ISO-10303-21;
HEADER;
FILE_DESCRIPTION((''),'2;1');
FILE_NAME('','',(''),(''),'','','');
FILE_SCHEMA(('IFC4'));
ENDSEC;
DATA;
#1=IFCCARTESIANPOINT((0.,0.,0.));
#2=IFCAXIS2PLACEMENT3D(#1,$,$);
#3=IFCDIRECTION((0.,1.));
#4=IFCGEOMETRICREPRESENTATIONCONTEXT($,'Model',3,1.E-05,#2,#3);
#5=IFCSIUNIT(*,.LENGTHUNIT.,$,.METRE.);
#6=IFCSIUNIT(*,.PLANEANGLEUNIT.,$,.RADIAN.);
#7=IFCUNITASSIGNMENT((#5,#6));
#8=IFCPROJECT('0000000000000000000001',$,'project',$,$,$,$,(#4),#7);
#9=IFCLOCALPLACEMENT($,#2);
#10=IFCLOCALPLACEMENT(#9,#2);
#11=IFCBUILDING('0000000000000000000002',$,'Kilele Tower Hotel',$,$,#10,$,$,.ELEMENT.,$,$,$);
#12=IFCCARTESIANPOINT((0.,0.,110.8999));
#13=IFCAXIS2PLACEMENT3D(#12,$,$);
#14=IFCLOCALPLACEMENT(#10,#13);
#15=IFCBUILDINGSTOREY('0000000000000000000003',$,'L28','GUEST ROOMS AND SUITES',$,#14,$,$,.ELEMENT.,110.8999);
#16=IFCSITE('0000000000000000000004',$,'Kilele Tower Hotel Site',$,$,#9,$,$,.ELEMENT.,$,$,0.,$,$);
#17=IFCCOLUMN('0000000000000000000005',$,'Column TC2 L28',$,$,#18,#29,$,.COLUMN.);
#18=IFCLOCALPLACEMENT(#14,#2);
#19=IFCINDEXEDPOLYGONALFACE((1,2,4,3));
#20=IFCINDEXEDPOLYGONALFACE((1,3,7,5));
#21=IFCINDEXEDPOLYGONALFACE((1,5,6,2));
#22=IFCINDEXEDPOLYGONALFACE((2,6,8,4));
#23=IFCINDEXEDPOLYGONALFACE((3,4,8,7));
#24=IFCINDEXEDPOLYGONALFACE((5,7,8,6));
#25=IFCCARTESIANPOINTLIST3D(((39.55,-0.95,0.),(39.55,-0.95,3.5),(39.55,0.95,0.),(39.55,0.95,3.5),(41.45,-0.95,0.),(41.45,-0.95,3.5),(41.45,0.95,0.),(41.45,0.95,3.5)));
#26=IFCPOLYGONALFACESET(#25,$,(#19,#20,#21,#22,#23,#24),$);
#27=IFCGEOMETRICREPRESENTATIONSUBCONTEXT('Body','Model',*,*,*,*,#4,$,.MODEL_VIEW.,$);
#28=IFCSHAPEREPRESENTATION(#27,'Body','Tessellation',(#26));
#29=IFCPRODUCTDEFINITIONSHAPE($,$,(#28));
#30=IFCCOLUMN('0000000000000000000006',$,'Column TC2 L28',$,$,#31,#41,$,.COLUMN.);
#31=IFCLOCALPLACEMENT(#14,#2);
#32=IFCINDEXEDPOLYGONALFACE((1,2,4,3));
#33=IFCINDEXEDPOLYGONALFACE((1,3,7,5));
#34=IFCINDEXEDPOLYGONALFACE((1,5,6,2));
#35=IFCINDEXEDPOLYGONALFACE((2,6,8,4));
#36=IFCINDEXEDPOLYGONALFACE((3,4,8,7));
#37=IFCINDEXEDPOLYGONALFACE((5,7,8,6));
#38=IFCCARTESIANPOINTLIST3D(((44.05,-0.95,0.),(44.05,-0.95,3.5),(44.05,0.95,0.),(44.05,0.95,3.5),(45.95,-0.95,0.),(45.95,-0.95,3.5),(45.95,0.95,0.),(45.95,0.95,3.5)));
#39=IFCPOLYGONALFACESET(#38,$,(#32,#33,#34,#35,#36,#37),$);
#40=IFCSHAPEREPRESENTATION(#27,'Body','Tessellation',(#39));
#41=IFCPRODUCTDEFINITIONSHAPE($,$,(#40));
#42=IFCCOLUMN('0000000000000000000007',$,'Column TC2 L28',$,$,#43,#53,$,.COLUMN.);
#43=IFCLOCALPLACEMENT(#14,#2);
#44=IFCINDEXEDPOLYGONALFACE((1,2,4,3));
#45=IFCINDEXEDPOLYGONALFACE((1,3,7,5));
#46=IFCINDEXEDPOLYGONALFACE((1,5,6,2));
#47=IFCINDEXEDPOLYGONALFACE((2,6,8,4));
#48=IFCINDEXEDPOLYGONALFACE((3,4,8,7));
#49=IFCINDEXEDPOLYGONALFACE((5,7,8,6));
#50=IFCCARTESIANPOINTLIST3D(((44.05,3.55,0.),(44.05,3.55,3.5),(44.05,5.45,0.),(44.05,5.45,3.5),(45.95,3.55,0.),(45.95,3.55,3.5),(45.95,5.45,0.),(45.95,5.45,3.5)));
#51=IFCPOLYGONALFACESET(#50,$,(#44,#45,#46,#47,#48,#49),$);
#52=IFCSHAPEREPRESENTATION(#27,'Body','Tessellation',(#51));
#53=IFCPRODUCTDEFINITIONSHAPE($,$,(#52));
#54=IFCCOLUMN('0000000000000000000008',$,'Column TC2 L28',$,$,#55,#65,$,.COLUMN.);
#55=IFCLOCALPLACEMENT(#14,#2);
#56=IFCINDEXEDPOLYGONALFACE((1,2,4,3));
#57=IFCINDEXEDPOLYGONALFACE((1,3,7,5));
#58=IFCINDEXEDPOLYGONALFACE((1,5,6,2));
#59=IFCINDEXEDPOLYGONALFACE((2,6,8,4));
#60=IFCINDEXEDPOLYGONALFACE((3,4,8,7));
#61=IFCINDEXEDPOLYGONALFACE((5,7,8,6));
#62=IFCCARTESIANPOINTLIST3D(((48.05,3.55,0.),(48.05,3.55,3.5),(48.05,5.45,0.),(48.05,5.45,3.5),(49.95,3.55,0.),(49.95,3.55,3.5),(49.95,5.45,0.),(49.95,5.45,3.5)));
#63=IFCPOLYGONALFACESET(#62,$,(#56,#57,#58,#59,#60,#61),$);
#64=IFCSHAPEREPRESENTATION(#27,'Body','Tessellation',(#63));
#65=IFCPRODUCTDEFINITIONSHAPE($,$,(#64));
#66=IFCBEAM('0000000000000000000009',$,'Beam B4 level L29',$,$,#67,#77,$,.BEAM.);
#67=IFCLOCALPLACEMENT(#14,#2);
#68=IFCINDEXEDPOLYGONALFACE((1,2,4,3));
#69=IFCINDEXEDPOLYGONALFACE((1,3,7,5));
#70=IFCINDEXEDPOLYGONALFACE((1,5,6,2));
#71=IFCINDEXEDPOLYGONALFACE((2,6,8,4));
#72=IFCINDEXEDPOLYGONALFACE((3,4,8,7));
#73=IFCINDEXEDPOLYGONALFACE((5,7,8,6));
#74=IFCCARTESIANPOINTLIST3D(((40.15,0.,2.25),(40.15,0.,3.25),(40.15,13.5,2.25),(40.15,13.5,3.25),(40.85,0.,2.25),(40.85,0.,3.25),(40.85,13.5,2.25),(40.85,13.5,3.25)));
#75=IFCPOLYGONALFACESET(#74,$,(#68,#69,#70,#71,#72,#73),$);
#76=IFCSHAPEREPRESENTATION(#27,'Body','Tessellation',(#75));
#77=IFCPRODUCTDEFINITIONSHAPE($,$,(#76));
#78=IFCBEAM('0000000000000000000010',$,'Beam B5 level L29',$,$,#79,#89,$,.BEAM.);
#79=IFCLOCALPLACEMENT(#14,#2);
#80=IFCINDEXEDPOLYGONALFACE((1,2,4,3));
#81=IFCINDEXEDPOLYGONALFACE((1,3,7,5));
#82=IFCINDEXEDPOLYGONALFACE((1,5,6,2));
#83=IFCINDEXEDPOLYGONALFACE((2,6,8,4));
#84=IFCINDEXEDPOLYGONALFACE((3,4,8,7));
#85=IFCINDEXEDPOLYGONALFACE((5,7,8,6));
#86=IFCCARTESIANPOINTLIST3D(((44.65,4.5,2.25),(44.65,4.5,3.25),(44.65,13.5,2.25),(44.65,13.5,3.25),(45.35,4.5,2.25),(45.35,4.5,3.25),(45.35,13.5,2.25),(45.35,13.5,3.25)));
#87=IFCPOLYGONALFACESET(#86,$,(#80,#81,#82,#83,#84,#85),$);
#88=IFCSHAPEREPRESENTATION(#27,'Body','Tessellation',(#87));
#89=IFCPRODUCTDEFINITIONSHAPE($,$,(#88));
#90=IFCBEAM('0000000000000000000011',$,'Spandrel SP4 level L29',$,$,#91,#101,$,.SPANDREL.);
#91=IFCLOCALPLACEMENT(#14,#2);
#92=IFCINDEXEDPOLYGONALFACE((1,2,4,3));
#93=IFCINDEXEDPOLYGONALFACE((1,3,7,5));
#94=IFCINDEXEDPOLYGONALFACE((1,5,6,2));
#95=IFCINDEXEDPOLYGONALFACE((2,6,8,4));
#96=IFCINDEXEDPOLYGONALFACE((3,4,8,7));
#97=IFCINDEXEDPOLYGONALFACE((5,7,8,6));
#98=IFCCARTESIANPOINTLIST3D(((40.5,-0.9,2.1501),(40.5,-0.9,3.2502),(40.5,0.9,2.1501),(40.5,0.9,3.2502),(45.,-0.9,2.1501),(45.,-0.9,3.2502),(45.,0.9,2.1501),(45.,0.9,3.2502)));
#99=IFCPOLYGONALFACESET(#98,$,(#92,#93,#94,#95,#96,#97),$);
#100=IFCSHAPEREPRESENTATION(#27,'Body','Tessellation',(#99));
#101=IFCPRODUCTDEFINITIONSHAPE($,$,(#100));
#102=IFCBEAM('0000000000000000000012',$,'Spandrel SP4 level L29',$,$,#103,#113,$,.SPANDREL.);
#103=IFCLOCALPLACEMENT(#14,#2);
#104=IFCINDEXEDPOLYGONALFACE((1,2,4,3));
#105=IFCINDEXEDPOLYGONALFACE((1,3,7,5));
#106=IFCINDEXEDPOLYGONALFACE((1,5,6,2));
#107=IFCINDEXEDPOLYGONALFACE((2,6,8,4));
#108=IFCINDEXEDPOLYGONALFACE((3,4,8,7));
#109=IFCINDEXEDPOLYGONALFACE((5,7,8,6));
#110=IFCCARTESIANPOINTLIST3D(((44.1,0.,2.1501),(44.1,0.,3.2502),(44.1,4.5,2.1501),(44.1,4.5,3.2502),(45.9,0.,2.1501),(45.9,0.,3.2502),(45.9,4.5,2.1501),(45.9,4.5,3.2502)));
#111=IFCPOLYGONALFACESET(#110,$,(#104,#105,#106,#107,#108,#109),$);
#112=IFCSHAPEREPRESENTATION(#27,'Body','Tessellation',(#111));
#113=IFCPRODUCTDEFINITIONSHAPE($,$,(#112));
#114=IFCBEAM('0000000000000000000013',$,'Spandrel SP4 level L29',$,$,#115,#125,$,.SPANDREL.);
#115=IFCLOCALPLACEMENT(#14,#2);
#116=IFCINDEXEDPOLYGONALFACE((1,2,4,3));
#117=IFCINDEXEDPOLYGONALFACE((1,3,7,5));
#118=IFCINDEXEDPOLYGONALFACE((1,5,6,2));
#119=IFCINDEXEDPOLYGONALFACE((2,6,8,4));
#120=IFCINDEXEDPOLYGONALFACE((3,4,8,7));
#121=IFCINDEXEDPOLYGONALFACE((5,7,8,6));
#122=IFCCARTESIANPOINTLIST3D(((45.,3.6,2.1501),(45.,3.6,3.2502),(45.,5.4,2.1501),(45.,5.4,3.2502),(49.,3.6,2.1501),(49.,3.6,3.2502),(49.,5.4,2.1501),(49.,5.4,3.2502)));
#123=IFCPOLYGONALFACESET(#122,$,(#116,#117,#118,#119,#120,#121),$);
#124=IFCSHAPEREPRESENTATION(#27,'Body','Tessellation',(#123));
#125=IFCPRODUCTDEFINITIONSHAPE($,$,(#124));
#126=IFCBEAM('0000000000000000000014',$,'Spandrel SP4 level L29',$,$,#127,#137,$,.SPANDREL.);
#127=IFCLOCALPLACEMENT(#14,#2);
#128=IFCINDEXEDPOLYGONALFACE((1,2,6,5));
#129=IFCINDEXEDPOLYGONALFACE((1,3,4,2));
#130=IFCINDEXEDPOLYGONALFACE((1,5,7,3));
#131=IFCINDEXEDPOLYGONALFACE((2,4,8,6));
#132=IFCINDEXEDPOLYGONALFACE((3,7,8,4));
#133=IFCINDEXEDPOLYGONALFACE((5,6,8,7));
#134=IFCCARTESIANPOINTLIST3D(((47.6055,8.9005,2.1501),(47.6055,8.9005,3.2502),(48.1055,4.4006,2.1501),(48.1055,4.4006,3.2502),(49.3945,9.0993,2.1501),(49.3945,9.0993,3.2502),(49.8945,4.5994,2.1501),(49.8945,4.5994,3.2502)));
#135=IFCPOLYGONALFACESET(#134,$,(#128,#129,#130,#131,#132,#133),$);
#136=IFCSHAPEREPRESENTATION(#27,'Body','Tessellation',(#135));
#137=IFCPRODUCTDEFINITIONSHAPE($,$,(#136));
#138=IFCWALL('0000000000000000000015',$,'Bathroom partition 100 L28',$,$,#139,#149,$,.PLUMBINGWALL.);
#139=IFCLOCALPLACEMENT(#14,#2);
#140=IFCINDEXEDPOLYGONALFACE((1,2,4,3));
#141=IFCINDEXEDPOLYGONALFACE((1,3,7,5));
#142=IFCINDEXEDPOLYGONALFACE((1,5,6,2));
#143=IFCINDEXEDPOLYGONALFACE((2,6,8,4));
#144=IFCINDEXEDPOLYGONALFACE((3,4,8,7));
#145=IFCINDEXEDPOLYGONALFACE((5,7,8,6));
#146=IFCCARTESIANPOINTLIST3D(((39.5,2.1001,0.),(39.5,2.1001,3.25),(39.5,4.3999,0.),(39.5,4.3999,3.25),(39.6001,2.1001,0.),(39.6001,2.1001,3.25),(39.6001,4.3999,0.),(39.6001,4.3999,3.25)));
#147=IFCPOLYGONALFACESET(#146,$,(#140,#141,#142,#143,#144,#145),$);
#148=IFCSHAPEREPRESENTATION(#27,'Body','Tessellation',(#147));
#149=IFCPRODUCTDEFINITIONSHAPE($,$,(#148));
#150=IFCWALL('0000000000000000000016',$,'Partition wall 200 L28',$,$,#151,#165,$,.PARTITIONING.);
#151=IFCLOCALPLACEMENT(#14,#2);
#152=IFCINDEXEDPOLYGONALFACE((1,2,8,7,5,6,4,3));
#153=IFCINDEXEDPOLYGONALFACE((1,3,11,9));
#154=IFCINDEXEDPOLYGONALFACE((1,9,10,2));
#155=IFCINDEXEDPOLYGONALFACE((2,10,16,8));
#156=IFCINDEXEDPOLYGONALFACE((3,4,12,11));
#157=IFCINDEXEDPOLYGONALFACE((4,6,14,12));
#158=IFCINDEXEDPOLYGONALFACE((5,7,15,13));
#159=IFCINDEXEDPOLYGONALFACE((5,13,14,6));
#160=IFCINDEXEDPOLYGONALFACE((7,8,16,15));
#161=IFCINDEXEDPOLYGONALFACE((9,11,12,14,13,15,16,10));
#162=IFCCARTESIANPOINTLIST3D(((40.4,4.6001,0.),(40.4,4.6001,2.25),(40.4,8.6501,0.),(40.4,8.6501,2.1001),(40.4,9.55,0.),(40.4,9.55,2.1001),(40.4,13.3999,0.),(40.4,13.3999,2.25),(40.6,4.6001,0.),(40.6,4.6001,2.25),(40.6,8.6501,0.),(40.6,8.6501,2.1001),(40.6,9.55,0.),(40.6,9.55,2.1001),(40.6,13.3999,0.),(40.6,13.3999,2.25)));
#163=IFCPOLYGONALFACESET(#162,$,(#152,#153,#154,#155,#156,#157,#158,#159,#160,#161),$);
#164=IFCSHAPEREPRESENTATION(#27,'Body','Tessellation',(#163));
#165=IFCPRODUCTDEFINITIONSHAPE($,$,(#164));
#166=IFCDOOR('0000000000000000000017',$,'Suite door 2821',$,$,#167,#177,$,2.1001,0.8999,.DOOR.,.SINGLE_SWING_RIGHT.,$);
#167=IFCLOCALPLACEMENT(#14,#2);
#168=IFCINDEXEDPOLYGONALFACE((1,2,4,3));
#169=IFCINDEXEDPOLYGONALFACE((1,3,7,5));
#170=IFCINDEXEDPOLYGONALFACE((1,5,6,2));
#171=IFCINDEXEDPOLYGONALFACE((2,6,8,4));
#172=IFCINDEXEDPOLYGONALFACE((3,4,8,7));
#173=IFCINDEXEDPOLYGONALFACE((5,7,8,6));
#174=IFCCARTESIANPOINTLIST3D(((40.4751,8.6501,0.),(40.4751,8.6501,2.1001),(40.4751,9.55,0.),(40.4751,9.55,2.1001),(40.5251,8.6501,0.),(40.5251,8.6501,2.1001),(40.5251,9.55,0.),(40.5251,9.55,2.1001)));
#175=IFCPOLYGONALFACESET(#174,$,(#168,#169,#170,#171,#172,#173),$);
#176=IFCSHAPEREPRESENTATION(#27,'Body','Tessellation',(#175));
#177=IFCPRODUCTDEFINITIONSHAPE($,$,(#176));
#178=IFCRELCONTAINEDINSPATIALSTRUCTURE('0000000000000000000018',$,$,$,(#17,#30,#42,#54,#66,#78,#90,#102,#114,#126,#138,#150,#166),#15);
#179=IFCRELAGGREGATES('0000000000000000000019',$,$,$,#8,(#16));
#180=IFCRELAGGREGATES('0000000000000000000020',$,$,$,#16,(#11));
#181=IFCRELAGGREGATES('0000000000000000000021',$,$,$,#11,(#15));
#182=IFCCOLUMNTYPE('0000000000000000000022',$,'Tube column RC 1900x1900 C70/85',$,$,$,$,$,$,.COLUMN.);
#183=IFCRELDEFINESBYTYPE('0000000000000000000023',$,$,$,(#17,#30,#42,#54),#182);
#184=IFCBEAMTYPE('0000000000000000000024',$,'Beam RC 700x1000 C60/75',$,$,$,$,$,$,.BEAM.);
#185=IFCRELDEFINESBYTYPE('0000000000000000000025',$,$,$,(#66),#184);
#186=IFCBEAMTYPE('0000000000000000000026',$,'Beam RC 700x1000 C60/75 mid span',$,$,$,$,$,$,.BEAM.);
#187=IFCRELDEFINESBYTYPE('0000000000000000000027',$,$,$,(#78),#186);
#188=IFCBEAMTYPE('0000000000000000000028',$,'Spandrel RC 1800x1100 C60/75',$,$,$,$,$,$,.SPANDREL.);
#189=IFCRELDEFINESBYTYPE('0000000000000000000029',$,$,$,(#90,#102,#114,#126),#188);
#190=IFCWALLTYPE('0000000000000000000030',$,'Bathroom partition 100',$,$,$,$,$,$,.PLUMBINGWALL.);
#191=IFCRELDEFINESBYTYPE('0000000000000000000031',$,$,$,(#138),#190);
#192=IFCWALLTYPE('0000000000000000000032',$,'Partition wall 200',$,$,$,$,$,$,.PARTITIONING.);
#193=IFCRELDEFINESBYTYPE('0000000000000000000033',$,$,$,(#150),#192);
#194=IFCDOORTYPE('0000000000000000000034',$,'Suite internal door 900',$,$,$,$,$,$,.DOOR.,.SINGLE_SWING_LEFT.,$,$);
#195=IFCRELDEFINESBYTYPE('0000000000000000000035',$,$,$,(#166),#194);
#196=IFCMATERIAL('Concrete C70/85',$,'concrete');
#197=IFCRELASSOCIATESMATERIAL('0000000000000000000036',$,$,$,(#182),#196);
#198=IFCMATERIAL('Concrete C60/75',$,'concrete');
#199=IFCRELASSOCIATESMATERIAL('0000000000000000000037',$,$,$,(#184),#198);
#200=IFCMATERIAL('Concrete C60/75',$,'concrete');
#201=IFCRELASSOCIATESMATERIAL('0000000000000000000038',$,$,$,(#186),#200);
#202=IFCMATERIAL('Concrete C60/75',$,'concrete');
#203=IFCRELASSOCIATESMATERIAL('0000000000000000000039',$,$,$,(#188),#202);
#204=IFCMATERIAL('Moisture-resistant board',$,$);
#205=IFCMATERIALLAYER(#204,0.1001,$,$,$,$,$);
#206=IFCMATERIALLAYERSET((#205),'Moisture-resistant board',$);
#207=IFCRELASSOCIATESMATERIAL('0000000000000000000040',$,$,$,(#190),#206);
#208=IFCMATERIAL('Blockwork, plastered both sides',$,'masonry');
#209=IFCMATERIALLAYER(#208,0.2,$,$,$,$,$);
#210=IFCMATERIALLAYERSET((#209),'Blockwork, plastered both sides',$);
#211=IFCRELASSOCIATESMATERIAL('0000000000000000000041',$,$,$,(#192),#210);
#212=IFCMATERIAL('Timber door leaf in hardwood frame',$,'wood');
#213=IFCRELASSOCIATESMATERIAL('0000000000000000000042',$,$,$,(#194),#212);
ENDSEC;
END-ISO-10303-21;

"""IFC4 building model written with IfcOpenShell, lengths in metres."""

from ifc_helpers import new_model, si_unit, direction, frame, frame_2d, origin, origin_2d, place, context, subcontext, project, spatial, rectangle, extrude, material, layer, layer_set, material_profile, profile_set, type_object, element, fill, save


model = new_model("IFC4")

# Units and contexts
model_context = context("Model", 3, precision=1e-05, world=origin(), true_north=direction((0.0, 1.0)))
body_context = subcontext(model_context, "Body", "Model", "MODEL_VIEW")
ifc_project = project(units=[si_unit("LENGTHUNIT", "METRE"), si_unit("PLANEANGLEUNIT", "RADIAN")], contexts=[model_context])

# Site, building, storey
site_placement = place(None, origin())
site = spatial("IfcSite", under=ifc_project, at=site_placement, Name="Kilele Tower Hotel Site", CompositionType="ELEMENT", RefElevation=0.0)
building_placement = place(site_placement, origin())
building = spatial("IfcBuilding", under=site, at=building_placement, Name="Kilele Tower Hotel", CompositionType="ELEMENT")
storey_placement = place(building_placement, frame((0.0, 0.0, 110.8999)))
storey = spatial("IfcBuildingStorey", under=building, at=storey_placement, Name="L28", Description="GUEST ROOMS AND SUITES", CompositionType="ELEMENT", Elevation=110.8999)

# Columns
ifc_material_1 = material(Name="Concrete C70/85", Category="concrete")
ifc_material_profile_1 = material_profile(ifc_material_1, rectangle(XDim=1.8999, YDim=1.8999, at=origin_2d()))
ifc_profile_set_1 = profile_set([ifc_material_profile_1], Name="Concrete C70/85")
column_type = type_object("IfcColumnType", Name="Tube column RC 1900x1900 C70/85", PredefinedType="COLUMN", material=ifc_profile_set_1)
for number, where, z_axis, x_axis, name in (
    (1, (40.5, 0.0, 0.0), (0.0, 0.0, 1.0), (1.0, 0.0, 0.0), "Column TC2 L28"),
    (2, (45.0, 0.0, 0.0), (0.0, 0.0, 1.0), (1.0, 0.0, 0.0), "Column TC2 L28"),
    (3, (45.0, 4.5, 0.0), (0.0, 0.0, 1.0), (1.0, 0.0, 0.0), "Column TC2 L28"),
    (4, (49.0, 4.5, 0.0), (0.0, 0.0, 1.0), (1.0, 0.0, 0.0), "Column TC2 L28"),
):
    element("IfcColumn", number, at=place(storey_placement, frame(where, z_axis=z_axis, x_axis=x_axis)), inside=storey, type_object=column_type, Name=name, PredefinedType="COLUMN", context=body_context, shape_type="SweptSolid", body=[
        extrude(rectangle(XDim=1.8999, YDim=1.8999, at=origin_2d()), origin(), (0.0, 0.0, 1.0), 3.5),
    ])

# Beams
ifc_material_2 = material(Name="Concrete C60/75", Category="concrete")
ifc_material_profile_2 = material_profile(ifc_material_2, rectangle(XDim=0.7, YDim=1.0, at=origin_2d()))
ifc_profile_set_2 = profile_set([ifc_material_profile_2], Name="Concrete C60/75")
beam_type_1 = type_object("IfcBeamType", Name="Beam RC 700x1000 C60/75", PredefinedType="BEAM", material=ifc_profile_set_2)
beam_1_placement = place(storey_placement, frame((40.5, 0.0, 2.75), z_axis=(0.0, 1.0, 0.0), x_axis=(-1.0, 0.0, 0.0)))
element("IfcBeam", 5, at=beam_1_placement, inside=storey, type_object=beam_type_1, Name="Beam B4 level L29", PredefinedType="BEAM", context=body_context, shape_type="SweptSolid", body=[
    extrude(rectangle(XDim=0.7, YDim=1.0, at=origin_2d()), origin(), (0.0, 0.0, 1.0), 13.5),
])
ifc_material_3 = material(Name="Concrete C60/75", Category="concrete")
ifc_material_profile_3 = material_profile(ifc_material_3, rectangle(XDim=0.7, YDim=1.0, at=origin_2d()))
ifc_profile_set_3 = profile_set([ifc_material_profile_3], Name="Concrete C60/75")
beam_type_2 = type_object("IfcBeamType", Name="Beam RC 700x1000 C60/75 mid span", PredefinedType="BEAM", material=ifc_profile_set_3)
beam_2_placement = place(storey_placement, frame((45.0, 4.5, 2.75), z_axis=(0.0, 1.0, 0.0), x_axis=(-1.0, 0.0, 0.0)))
element("IfcBeam", 6, at=beam_2_placement, inside=storey, type_object=beam_type_2, Name="Beam B5 level L29", PredefinedType="BEAM", context=body_context, shape_type="SweptSolid", body=[
    extrude(rectangle(XDim=0.7, YDim=1.0, at=origin_2d()), origin(), (0.0, 0.0, 1.0), 9.0),
])
ifc_material_4 = material(Name="Concrete C60/75", Category="concrete")
ifc_material_profile_4 = material_profile(ifc_material_4, rectangle(XDim=1.8, YDim=1.1001, at=origin_2d()))
ifc_profile_set_4 = profile_set([ifc_material_profile_4], Name="Concrete C60/75")
beam_type_3 = type_object("IfcBeamType", Name="Spandrel RC 1800x1100 C60/75", PredefinedType="SPANDREL", material=ifc_profile_set_4)
for number, where, z_axis, x_axis, name in (
    (7, (40.5, 0.0, 2.7002), (1.0, 0.0, 0.0), (0.0, 1.0, 0.0), "Spandrel SP4 level L29"),
    (8, (45.0, 0.0, 2.7002), (0.0, 1.0, 0.0), (-1.0, 0.0, 0.0), "Spandrel SP4 level L29"),
):
    element("IfcBeam", number, at=place(storey_placement, frame(where, z_axis=z_axis, x_axis=x_axis)), inside=storey, type_object=beam_type_3, Name=name, PredefinedType="SPANDREL", context=body_context, shape_type="SweptSolid", body=[
        extrude(rectangle(XDim=1.8, YDim=1.1001, at=origin_2d()), origin(), (0.0, 0.0, 1.0), 4.5),
    ])
beam_3_placement = place(storey_placement, frame((45.0, 4.5, 2.7002), z_axis=(1.0, 0.0, 0.0), x_axis=(0.0, 1.0, 0.0)))
element("IfcBeam", 9, at=beam_3_placement, inside=storey, type_object=beam_type_3, Name="Spandrel SP4 level L29", PredefinedType="SPANDREL", context=body_context, shape_type="SweptSolid", body=[
    extrude(rectangle(XDim=1.8, YDim=1.1001, at=origin_2d()), origin(), (0.0, 0.0, 1.0), 4.0),
])
beam_4_placement = place(storey_placement, frame((49.0, 4.5, 2.7002), z_axis=(-0.110432, 0.993884, 0.0), x_axis=(-0.993884, -0.110432, 0.0)))
element("IfcBeam", 10, at=beam_4_placement, inside=storey, type_object=beam_type_3, Name="Spandrel SP4 level L29", PredefinedType="SPANDREL", context=body_context, shape_type="SweptSolid", body=[
    extrude(rectangle(XDim=1.8, YDim=1.1001, at=origin_2d()), origin(), (0.0, 0.0, 1.0), 4.5276),
])

# Wall
ifc_material_5 = material(Name="Moisture-resistant board")
ifc_layer_1 = layer(ifc_material_5, 0.1001)
ifc_layer_set_1 = layer_set([ifc_layer_1], Name="Moisture-resistant board")
wall_type_1 = type_object("IfcWallType", Name="Bathroom partition 100", PredefinedType="PLUMBINGWALL", material=ifc_layer_set_1)
wall_1_placement = place(storey_placement, frame((39.55, 4.3999, 0.0), z_axis=(0.0, 0.0, 1.0), x_axis=(0.0, -1.0, 0.0)))
element("IfcWall", 11, at=wall_1_placement, inside=storey, type_object=wall_type_1, Name="Bathroom partition 100 L28", PredefinedType="PLUMBINGWALL", context=body_context, shape_type="SweptSolid", body=[
    extrude(rectangle(XDim=2.2998, YDim=0.1001, at=frame_2d((1.1499, 0.0))), origin(), (0.0, 0.0, 1.0), 3.25),
])

# Wall, opening, door
ifc_material_6 = material(Name="Blockwork, plastered both sides", Category="masonry")
ifc_layer_2 = layer(ifc_material_6, 0.2)
ifc_layer_set_2 = layer_set([ifc_layer_2], Name="Blockwork, plastered both sides")
wall_type_2 = type_object("IfcWallType", Name="Partition wall 200", PredefinedType="PARTITIONING", material=ifc_layer_set_2)
wall_2_placement = place(storey_placement, frame((40.5, 4.6001, 0.0), z_axis=(0.0, 0.0, 1.0), x_axis=(0.0, 1.0, 0.0)))
wall_2 = element("IfcWall", 12, at=wall_2_placement, inside=storey, type_object=wall_type_2, Name="Partition wall 200 L28", PredefinedType="PARTITIONING", context=body_context, shape_type="SweptSolid", body=[
    extrude(rectangle(XDim=8.7998, YDim=0.2, at=frame_2d((4.3999, 0.0))), origin(), (0.0, 0.0, 1.0), 2.25),
])
opening_1_placement = place(wall_2_placement, frame((4.05, 0.0, 0.0)))
opening_1 = element("IfcOpeningElement", 13, at=opening_1_placement, cuts=wall_2, PredefinedType="OPENING", context=body_context, shape_type="SweptSolid", body=[
    extrude(rectangle(XDim=0.8999, YDim=2.1001, at=frame_2d((0.45, 1.05))), frame((0.0, 0.1099, 0.0), z_axis=(0.0, -1.0, 0.0), x_axis=(1.0, 0.0, 0.0)), (0.0, 0.0, 1.0), 0.22),
])
ifc_material_7 = material(Name="Timber door leaf in hardwood frame", Category="wood")
door_type = type_object("IfcDoorType", Name="Suite internal door 900", OperationType="SINGLE_SWING_LEFT", PredefinedType="DOOR", material=ifc_material_7)
door_placement = place(opening_1_placement, origin())
door = element("IfcDoor", 14, at=door_placement, inside=storey, type_object=door_type, Name="Suite door 2821", OperationType="SINGLE_SWING_RIGHT", OverallHeight=2.1001, OverallWidth=0.8999, PredefinedType="DOOR", context=body_context, shape_type="SweptSolid", body=[
    extrude(rectangle(XDim=0.8999, YDim=2.1001, at=frame_2d((0.45, 1.05))), frame((0.0, 0.0249, 0.0), z_axis=(0.0, -1.0, 0.0), x_axis=(1.0, 0.0, 0.0)), (0.0, 0.0, 1.0), 0.05),
])
fill(opening_1, door)

save(model, "model.ifc")
